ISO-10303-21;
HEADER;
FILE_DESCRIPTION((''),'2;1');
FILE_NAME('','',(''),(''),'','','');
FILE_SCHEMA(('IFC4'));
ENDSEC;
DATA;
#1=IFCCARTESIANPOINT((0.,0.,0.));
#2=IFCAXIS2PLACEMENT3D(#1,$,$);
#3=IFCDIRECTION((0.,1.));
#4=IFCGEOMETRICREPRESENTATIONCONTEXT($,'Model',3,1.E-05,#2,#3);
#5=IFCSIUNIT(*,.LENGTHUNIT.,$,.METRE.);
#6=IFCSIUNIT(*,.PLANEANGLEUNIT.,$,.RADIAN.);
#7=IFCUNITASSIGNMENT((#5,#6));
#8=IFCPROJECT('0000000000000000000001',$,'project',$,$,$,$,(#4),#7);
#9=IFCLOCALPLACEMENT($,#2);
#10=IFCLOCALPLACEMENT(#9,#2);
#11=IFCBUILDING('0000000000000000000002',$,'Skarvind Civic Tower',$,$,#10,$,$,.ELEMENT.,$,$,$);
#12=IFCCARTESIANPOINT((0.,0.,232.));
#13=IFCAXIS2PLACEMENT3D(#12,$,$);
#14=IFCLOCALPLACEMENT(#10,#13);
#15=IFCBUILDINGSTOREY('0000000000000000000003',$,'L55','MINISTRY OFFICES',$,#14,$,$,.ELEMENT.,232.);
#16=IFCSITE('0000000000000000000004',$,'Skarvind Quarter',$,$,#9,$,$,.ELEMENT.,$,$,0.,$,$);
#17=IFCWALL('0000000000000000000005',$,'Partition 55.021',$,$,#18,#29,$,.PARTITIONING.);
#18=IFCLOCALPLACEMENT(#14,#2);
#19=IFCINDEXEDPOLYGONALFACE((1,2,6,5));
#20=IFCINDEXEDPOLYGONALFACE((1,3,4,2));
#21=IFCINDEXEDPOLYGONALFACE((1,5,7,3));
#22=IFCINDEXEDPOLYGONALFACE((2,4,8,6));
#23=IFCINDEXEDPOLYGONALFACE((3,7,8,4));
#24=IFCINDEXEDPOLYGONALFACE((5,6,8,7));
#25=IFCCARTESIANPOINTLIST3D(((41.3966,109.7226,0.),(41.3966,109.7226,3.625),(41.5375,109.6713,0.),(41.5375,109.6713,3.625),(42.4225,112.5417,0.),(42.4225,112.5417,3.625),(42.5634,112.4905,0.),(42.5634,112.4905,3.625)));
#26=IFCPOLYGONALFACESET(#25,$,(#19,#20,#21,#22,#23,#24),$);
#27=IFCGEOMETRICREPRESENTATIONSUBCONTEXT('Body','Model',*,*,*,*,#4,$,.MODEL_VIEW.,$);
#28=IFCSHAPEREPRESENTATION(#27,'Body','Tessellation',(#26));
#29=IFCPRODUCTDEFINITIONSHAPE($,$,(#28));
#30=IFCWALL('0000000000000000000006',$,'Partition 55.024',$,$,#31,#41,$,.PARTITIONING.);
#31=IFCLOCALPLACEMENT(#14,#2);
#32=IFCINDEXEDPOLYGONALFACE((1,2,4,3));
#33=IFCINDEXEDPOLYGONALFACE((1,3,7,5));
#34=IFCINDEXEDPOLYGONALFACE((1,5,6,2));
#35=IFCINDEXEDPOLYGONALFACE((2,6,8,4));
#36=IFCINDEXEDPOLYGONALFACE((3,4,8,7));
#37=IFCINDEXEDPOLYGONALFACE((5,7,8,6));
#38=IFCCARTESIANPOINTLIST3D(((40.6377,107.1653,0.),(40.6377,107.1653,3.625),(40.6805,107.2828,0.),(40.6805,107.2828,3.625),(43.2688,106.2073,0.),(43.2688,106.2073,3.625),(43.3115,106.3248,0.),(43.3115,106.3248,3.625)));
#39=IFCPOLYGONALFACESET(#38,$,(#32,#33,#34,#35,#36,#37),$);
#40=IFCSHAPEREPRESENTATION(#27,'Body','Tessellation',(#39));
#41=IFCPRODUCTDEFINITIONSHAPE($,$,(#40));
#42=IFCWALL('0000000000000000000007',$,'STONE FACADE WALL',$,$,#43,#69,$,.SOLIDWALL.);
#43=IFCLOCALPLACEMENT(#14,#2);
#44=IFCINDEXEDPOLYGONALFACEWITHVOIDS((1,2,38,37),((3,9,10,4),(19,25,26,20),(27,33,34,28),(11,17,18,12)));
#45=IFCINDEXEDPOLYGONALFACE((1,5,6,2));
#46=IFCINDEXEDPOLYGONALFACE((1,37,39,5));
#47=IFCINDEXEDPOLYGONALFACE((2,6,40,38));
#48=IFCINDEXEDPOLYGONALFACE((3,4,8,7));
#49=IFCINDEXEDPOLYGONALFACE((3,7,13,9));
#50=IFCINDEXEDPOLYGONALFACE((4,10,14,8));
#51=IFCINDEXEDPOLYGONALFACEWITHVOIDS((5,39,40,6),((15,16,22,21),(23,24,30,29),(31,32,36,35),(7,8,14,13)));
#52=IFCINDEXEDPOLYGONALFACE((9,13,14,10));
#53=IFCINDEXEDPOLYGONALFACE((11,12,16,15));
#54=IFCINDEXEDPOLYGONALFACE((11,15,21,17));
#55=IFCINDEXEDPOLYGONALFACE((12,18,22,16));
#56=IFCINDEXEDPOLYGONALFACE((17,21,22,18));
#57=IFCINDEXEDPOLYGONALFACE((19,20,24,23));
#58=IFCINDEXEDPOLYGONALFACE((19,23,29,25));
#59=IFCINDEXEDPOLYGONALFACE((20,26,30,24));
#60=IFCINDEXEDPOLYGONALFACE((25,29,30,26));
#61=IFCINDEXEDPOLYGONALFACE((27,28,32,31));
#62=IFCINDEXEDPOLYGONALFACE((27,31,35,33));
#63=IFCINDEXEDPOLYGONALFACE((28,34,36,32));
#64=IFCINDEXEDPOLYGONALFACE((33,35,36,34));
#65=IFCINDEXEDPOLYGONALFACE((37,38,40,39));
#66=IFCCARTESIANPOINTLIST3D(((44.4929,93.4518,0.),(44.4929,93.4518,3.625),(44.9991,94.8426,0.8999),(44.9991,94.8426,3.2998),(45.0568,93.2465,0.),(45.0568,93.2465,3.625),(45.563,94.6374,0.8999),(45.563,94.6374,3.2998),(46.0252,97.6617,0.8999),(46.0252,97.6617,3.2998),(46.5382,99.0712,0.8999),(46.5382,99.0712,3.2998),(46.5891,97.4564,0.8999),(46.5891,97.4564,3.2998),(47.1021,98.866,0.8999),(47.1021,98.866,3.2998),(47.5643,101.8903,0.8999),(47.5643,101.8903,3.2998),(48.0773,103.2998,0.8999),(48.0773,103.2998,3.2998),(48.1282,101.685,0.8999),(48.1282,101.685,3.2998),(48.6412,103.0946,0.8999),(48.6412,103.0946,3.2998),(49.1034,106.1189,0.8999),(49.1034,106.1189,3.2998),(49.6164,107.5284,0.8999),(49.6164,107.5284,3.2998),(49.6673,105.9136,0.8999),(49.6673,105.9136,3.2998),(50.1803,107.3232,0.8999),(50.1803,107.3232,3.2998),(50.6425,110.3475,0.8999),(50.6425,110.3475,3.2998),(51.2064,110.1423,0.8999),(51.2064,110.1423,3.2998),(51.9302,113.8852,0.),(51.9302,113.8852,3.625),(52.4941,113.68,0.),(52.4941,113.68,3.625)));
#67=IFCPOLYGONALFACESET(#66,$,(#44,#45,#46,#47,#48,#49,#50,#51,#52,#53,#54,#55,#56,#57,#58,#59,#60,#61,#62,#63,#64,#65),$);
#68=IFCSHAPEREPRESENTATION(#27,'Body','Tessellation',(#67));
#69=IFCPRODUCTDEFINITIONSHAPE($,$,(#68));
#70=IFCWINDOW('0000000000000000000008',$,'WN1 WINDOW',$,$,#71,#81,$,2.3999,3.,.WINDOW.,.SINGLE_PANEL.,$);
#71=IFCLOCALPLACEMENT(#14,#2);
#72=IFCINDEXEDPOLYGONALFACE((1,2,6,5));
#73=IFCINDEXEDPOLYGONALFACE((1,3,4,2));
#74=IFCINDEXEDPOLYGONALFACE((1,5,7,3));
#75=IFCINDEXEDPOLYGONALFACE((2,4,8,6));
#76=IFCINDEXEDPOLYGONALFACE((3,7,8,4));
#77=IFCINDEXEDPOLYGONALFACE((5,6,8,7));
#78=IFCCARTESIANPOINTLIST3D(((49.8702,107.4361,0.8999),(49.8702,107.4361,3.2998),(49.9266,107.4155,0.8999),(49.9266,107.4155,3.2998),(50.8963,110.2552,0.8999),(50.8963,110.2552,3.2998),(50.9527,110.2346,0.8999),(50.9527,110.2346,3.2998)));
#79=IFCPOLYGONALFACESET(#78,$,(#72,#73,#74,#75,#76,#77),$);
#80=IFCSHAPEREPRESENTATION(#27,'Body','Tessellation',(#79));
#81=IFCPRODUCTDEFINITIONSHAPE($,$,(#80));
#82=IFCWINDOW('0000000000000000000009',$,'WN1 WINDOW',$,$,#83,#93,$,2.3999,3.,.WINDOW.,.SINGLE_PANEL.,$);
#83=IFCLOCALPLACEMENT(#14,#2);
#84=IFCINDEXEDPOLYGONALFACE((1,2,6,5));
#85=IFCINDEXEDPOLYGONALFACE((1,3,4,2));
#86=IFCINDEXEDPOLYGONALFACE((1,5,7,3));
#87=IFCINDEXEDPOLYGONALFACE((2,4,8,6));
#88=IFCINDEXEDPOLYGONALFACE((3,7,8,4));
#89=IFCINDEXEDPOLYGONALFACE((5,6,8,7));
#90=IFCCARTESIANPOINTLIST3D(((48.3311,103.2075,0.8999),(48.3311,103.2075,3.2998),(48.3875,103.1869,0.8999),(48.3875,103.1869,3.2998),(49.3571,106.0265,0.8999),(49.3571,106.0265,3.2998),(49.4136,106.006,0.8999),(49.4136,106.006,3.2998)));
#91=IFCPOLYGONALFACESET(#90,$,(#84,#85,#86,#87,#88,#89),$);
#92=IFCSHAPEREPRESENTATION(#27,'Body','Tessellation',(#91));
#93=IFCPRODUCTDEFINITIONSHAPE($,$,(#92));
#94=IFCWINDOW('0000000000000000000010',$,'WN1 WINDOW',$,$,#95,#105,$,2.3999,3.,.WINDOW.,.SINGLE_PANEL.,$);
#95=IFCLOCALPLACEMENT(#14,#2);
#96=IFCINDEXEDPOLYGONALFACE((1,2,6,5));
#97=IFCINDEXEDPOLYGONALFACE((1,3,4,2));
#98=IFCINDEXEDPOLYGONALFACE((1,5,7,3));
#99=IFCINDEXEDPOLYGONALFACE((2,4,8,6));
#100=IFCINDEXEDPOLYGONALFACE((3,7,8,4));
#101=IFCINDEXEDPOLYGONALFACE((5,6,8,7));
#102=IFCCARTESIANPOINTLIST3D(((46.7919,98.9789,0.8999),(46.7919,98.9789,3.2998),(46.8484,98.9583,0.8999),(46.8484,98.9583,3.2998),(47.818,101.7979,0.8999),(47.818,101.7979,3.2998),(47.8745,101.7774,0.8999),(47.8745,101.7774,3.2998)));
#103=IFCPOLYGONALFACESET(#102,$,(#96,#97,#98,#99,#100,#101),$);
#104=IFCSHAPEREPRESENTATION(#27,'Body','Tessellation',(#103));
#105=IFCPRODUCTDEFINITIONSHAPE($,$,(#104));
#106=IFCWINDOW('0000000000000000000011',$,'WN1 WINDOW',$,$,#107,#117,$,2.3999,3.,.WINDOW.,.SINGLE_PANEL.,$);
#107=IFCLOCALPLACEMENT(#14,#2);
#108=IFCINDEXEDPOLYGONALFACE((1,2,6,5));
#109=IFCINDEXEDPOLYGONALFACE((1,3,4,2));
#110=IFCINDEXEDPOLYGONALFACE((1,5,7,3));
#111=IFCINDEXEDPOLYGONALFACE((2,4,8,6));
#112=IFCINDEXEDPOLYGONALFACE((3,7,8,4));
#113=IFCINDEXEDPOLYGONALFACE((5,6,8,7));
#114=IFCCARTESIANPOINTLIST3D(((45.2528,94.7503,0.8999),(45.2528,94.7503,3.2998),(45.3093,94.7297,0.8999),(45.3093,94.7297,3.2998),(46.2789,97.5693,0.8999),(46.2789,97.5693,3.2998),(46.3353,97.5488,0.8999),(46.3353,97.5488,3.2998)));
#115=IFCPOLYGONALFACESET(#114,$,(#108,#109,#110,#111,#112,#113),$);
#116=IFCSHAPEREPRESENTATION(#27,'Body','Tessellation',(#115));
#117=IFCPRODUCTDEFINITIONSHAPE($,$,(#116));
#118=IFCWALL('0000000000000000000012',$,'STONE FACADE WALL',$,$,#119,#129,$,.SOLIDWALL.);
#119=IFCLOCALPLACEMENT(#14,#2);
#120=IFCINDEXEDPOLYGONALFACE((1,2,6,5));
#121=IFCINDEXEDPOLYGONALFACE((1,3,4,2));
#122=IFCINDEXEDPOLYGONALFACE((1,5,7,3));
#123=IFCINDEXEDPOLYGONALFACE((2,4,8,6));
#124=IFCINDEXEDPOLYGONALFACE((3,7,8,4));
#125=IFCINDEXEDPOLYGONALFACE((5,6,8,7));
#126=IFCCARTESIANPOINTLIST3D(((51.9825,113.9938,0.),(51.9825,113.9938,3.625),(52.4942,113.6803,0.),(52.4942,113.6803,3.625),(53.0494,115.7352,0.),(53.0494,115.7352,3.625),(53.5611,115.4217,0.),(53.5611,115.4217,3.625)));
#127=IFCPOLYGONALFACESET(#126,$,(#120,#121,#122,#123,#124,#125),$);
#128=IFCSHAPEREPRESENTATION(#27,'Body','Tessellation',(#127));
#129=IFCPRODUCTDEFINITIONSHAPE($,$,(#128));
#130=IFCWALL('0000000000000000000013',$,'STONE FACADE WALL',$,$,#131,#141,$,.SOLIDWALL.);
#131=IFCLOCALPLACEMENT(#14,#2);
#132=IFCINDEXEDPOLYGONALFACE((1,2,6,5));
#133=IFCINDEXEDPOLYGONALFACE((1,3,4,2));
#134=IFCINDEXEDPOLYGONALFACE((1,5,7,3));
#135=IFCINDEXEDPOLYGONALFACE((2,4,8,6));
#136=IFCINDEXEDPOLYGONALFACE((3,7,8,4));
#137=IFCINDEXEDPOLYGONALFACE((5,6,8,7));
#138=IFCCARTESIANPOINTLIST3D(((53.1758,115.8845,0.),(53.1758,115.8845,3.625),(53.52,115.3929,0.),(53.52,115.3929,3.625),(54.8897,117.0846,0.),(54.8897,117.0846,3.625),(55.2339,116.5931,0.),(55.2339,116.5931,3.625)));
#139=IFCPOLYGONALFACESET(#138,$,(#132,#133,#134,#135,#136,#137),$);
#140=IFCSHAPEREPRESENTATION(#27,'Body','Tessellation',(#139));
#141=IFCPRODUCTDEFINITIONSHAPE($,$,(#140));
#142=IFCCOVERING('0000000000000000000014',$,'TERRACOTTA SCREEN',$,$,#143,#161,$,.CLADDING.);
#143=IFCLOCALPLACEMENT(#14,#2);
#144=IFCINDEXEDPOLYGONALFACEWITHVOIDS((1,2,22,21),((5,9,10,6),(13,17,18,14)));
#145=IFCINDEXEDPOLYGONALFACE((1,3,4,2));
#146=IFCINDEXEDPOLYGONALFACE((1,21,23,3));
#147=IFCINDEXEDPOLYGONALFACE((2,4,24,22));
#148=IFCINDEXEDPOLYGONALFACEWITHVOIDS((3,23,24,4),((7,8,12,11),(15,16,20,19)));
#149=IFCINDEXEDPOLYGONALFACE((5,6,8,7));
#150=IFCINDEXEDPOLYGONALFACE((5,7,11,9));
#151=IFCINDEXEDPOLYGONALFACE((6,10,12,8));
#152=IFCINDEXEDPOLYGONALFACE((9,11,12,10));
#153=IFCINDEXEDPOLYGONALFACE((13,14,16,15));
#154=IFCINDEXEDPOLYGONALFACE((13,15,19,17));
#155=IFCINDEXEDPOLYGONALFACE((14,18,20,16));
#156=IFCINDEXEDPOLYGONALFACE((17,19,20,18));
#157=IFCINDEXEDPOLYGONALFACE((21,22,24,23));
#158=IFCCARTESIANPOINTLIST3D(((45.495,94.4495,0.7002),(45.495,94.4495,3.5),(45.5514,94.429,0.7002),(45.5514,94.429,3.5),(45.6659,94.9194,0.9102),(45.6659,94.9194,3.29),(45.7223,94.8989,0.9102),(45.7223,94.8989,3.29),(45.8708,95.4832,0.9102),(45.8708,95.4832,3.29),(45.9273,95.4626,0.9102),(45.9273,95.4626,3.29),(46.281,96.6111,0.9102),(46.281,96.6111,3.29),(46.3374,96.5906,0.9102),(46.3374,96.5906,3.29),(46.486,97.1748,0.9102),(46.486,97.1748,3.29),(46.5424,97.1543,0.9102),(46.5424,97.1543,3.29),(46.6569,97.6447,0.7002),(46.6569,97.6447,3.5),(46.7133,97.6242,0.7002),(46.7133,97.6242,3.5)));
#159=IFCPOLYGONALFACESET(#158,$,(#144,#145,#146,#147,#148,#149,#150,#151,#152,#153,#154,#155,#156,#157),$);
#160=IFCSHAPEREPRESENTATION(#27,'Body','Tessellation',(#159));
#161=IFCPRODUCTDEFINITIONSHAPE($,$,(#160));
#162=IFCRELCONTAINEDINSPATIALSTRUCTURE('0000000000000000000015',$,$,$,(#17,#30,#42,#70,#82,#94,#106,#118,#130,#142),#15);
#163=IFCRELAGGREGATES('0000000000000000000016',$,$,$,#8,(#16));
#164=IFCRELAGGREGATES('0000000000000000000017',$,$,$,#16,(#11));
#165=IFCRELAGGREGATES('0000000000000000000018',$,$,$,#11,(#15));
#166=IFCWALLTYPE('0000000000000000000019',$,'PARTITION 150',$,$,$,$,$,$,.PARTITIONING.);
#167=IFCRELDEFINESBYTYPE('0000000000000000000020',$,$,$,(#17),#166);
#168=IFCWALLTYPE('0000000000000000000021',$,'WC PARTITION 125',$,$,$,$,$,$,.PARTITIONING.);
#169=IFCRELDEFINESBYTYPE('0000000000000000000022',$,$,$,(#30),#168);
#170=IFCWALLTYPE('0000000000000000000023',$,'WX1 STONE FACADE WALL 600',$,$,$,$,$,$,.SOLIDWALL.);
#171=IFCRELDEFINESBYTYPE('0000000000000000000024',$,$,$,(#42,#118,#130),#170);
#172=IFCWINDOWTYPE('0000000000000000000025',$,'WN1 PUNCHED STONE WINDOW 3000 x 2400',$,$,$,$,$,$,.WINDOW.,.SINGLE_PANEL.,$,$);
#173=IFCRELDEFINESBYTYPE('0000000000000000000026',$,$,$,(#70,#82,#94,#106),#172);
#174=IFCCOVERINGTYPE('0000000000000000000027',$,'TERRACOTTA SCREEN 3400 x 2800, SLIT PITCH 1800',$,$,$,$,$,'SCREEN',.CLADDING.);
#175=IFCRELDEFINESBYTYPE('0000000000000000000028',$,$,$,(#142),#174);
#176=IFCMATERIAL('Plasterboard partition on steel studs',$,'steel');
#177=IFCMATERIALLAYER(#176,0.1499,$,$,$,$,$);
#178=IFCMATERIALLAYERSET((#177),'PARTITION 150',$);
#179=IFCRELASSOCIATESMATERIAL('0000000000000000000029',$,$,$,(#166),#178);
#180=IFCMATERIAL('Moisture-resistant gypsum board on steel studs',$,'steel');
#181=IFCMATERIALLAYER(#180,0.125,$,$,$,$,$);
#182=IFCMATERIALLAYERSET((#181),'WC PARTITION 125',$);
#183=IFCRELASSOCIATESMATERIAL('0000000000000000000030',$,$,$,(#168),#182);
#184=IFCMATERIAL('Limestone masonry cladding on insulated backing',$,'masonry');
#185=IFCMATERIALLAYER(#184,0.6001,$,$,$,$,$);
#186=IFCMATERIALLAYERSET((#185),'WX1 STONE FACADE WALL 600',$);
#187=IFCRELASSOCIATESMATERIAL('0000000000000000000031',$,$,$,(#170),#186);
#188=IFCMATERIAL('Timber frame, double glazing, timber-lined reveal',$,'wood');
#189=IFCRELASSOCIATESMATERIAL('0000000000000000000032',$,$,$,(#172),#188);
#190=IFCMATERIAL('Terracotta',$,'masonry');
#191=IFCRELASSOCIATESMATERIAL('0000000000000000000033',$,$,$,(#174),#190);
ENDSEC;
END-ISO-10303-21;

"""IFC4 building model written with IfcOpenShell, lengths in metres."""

from ifc_helpers import new_model, si_unit, direction, frame, frame_2d, origin, place, context, subcontext, project, spatial, polyline, rectangle, outline, extrude, material, layer, layer_set, material_profile, profile_set, type_object, element, fill, save


model = new_model("IFC4")

# Units and contexts
model_context = context("Model", 3, precision=1e-05, world=origin(), true_north=direction((0.0, 1.0)))
body_context = subcontext(model_context, "Body", "Model", "MODEL_VIEW")
ifc_project = project(units=[si_unit("LENGTHUNIT", "METRE"), si_unit("PLANEANGLEUNIT", "RADIAN")], contexts=[model_context])

# Site, building, storey
site_placement = place(None, origin())
site = spatial("IfcSite", under=ifc_project, at=site_placement, Name="Skarvind Quarter", CompositionType="ELEMENT", RefElevation=0.0)
building_placement = place(site_placement, origin())
building = spatial("IfcBuilding", under=site, at=building_placement, Name="Skarvind Civic Tower", CompositionType="ELEMENT")
storey_placement = place(building_placement, frame((0.0, 0.0, 232.0)))
storey = spatial("IfcBuildingStorey", under=building, at=storey_placement, Name="L55", Description="MINISTRY OFFICES", CompositionType="ELEMENT", Elevation=232.0)

# Walls
ifc_material_1 = material(Name="Plasterboard partition on steel studs", Category="steel")
ifc_layer_1 = layer(ifc_material_1, 0.1499)
ifc_layer_set_1 = layer_set([ifc_layer_1], Name="PARTITION 150")
wall_type_1 = type_object("IfcWallType", Name="PARTITION 150", PredefinedType="PARTITIONING", material=ifc_layer_set_1)
wall_1_placement = place(storey_placement, frame((42.4929, 112.5161, 0.0), z_axis=(0.0, 0.0, 1.0), x_axis=(-0.341965, -0.939713, 0.0)))
element("IfcWall", 1, at=wall_1_placement, inside=storey, type_object=wall_type_1, Name="Partition 55.021", PredefinedType="PARTITIONING", context=body_context, shape_type="SweptSolid", body=[
    extrude(rectangle(XDim=3.0, YDim=0.1499, at=frame_2d((1.5, 0.0))), origin(), (0.0, 0.0, 1.0), 3.625),
])
ifc_material_2 = material(Name="Moisture-resistant gypsum board on steel studs", Category="steel")
ifc_layer_2 = layer(ifc_material_2, 0.125)
ifc_layer_set_2 = layer_set([ifc_layer_2], Name="WC PARTITION 125")
wall_type_2 = type_object("IfcWallType", Name="WC PARTITION 125", PredefinedType="PARTITIONING", material=ifc_layer_set_2)
wall_2_placement = place(storey_placement, frame((43.29, 106.2661, 0.0), z_axis=(0.0, 0.0, 1.0), x_axis=(-0.939651, 0.342135, 0.0)))
element("IfcWall", 2, at=wall_2_placement, inside=storey, type_object=wall_type_2, Name="Partition 55.024", PredefinedType="PARTITIONING", context=body_context, shape_type="SweptSolid", body=[
    extrude(rectangle(XDim=2.8, YDim=0.125, at=frame_2d((1.3999, 0.0))), origin(), (0.0, 0.0, 1.0), 3.625),
])

# Wall, openings, windows
ifc_material_3 = material(Name="Limestone masonry cladding on insulated backing", Category="masonry")
ifc_layer_3 = layer(ifc_material_3, 0.6001)
ifc_layer_set_3 = layer_set([ifc_layer_3], Name="WX1 STONE FACADE WALL 600")
wall_type_3 = type_object("IfcWallType", Name="WX1 STONE FACADE WALL 600", PredefinedType="SOLIDWALL", material=ifc_layer_set_3)
wall_3_placement = place(storey_placement, frame((52.2122, 113.7827, 0.0), z_axis=(0.0, 0.0, 1.0), x_axis=(-0.342025, -0.939691, 0.0)))
wall_3 = element("IfcWall", 3, at=wall_3_placement, inside=storey, type_object=wall_type_3, Name="STONE FACADE WALL", PredefinedType="SOLIDWALL", context=body_context, shape_type="SweptSolid", body=[
    extrude(rectangle(XDim=21.7449, YDim=0.6001, at=frame_2d((10.8726, 0.0))), origin(), (0.0, 0.0, 1.0), 3.625),
])
opening_1_placement = place(wall_3_placement, frame((3.7649, 0.0, 0.8999)))
opening_1 = element("IfcOpeningElement", 4, at=opening_1_placement, cuts=wall_3, PredefinedType="OPENING", context=body_context, shape_type="SweptSolid", body=[
    extrude(rectangle(XDim=3.0, YDim=2.3999, at=frame_2d((1.5, 1.2))), frame((0.0, 0.3101, 0.0), z_axis=(0.0, -1.0, 0.0), x_axis=(1.0, 0.0, 0.0)), (0.0, 0.0, 1.0), 0.6201),
])
opening_2_placement = place(wall_3_placement, frame((8.2649, 0.0, 0.8999)))
opening_2 = element("IfcOpeningElement", 5, at=opening_2_placement, cuts=wall_3, PredefinedType="OPENING", context=body_context, shape_type="SweptSolid", body=[
    extrude(rectangle(XDim=3.0, YDim=2.3999, at=frame_2d((1.5, 1.2))), frame((0.0, 0.3101, 0.0), z_axis=(0.0, -1.0, 0.0), x_axis=(1.0, 0.0, 0.0)), (0.0, 0.0, 1.0), 0.6201),
])
opening_3_placement = place(wall_3_placement, frame((12.7649, 0.0, 0.8999)))
opening_3 = element("IfcOpeningElement", 6, at=opening_3_placement, cuts=wall_3, PredefinedType="OPENING", context=body_context, shape_type="SweptSolid", body=[
    extrude(rectangle(XDim=3.0, YDim=2.3999, at=frame_2d((1.5, 1.2))), frame((0.0, 0.3101, 0.0), z_axis=(0.0, -1.0, 0.0), x_axis=(1.0, 0.0, 0.0)), (0.0, 0.0, 1.0), 0.6201),
])
opening_4_placement = place(wall_3_placement, frame((17.2649, 0.0, 0.8999)))
opening_4 = element("IfcOpeningElement", 7, at=opening_4_placement, cuts=wall_3, PredefinedType="OPENING", context=body_context, shape_type="SweptSolid", body=[
    extrude(rectangle(XDim=3.0, YDim=2.3999, at=frame_2d((1.5, 1.2))), frame((0.0, 0.3101, 0.0), z_axis=(0.0, -1.0, 0.0), x_axis=(1.0, 0.0, 0.0)), (0.0, 0.0, 1.0), 0.6201),
])
ifc_material_4 = material(Name="Timber frame, double glazing, timber-lined reveal", Category="wood")
window_type = type_object("IfcWindowType", Name="WN1 PUNCHED STONE WINDOW 3000 x 2400", PartitioningType="SINGLE_PANEL", PredefinedType="WINDOW", material=ifc_material_4)
window_1_placement = place(opening_1_placement, origin())
window_1 = element("IfcWindow", 8, at=window_1_placement, inside=storey, type_object=window_type, Name="WN1 WINDOW", OverallHeight=2.3999, OverallWidth=3.0, PartitioningType="SINGLE_PANEL", PredefinedType="WINDOW", context=body_context, shape_type="SweptSolid", body=[
    extrude(rectangle(XDim=3.0, YDim=2.3999, at=frame_2d((1.5, 1.2))), frame((0.0, 0.03, 0.0), z_axis=(0.0, -1.0, 0.0), x_axis=(1.0, 0.0, 0.0)), (0.0, 0.0, 1.0), 0.0601),
])
fill(opening_1, window_1)
window_2_placement = place(opening_2_placement, origin())
window_2 = element("IfcWindow", 9, at=window_2_placement, inside=storey, type_object=window_type, Name="WN1 WINDOW", OverallHeight=2.3999, OverallWidth=3.0, PartitioningType="SINGLE_PANEL", PredefinedType="WINDOW", context=body_context, shape_type="SweptSolid", body=[
    extrude(rectangle(XDim=3.0, YDim=2.3999, at=frame_2d((1.5, 1.2))), frame((0.0, 0.03, 0.0), z_axis=(0.0, -1.0, 0.0), x_axis=(1.0, 0.0, 0.0)), (0.0, 0.0, 1.0), 0.0601),
])
fill(opening_2, window_2)
window_3_placement = place(opening_3_placement, origin())
window_3 = element("IfcWindow", 10, at=window_3_placement, inside=storey, type_object=window_type, Name="WN1 WINDOW", OverallHeight=2.3999, OverallWidth=3.0, PartitioningType="SINGLE_PANEL", PredefinedType="WINDOW", context=body_context, shape_type="SweptSolid", body=[
    extrude(rectangle(XDim=3.0, YDim=2.3999, at=frame_2d((1.5, 1.2))), frame((0.0, 0.03, 0.0), z_axis=(0.0, -1.0, 0.0), x_axis=(1.0, 0.0, 0.0)), (0.0, 0.0, 1.0), 0.0601),
])
fill(opening_3, window_3)
window_4_placement = place(opening_4_placement, origin())
window_4 = element("IfcWindow", 11, at=window_4_placement, inside=storey, type_object=window_type, Name="WN1 WINDOW", OverallHeight=2.3999, OverallWidth=3.0, PartitioningType="SINGLE_PANEL", PredefinedType="WINDOW", context=body_context, shape_type="SweptSolid", body=[
    extrude(rectangle(XDim=3.0, YDim=2.3999, at=frame_2d((1.5, 1.2))), frame((0.0, 0.03, 0.0), z_axis=(0.0, -1.0, 0.0), x_axis=(1.0, 0.0, 0.0)), (0.0, 0.0, 1.0), 0.0601),
])
fill(opening_4, window_4)

# Walls
wall_4_placement = place(storey_placement, frame((53.3052, 115.5784, 0.0), z_axis=(0.0, 0.0, 1.0), x_axis=(-0.522402, -0.852699, 0.0)))
element("IfcWall", 12, at=wall_4_placement, inside=storey, type_object=wall_type_3, Name="STONE FACADE WALL", PredefinedType="SOLIDWALL", context=body_context, shape_type="SweptSolid", body=[
    extrude(rectangle(XDim=2.0422, YDim=0.6001, at=frame_2d((1.021, 0.0))), origin(), (0.0, 0.0, 1.0), 3.625),
])
wall_5_placement = place(storey_placement, frame((55.0618, 116.8389, 0.0), z_axis=(0.0, 0.0, 1.0), x_axis=(-0.819122, -0.573619, 0.0)))
element("IfcWall", 13, at=wall_5_placement, inside=storey, type_object=wall_type_3, Name="STONE FACADE WALL", PredefinedType="SOLIDWALL", context=body_context, shape_type="SweptSolid", body=[
    extrude(rectangle(XDim=2.0923, YDim=0.6001, at=frame_2d((1.0461, 0.0))), origin(), (0.0, 0.0, 1.0), 3.625),
])

# Covering
ifc_material_5 = material(Name="Terracotta", Category="masonry")
ifc_material_profile_1 = material_profile(ifc_material_5, outline(polyline([(-1.7, -1.3999), (1.7, -1.3999), (1.7, 1.3999), (-1.7, 1.3999), (-1.7, -1.3999)]), holes=[polyline([(-1.2, -1.1899), (-0.6001, -1.1899), (-0.6001, 1.1899), (-1.2, 1.1899), (-1.2, -1.1899)]), polyline([(0.6001, -1.1899), (1.2, -1.1899), (1.2, 1.1899), (0.6001, 1.1899), (0.6001, -1.1899)])]), Name="TERRACOTTA SCREEN 3400 x 2800, SLIT PITCH 1800")
ifc_profile_set_1 = profile_set([ifc_material_profile_1], Name="Terracotta")
covering_type = type_object("IfcCoveringType", Name="TERRACOTTA SCREEN 3400 x 2800, SLIT PITCH 1800", ElementType="SCREEN", PredefinedType="CLADDING", material=ifc_profile_set_1)
covering_placement = place(storey_placement, frame((46.0759, 96.0471, 2.1001), z_axis=(0.939793, -0.341743, 0.0), x_axis=(0.341743, 0.939793, 0.0)))
element("IfcCovering", 14, at=covering_placement, inside=storey, type_object=covering_type, Name="TERRACOTTA SCREEN", PredefinedType="CLADDING", context=body_context, shape_type="SweptSolid", body=[
    extrude(outline(polyline([(-1.7, -1.3999), (1.7, -1.3999), (1.7, 1.3999), (-1.7, 1.3999), (-1.7, -1.3999)]), holes=[polyline([(-1.2, -1.1899), (-0.6001, -1.1899), (-0.6001, 1.1899), (-1.2, 1.1899), (-1.2, -1.1899)]), polyline([(0.6001, -1.1899), (1.2, -1.1899), (1.2, 1.1899), (0.6001, 1.1899), (0.6001, -1.1899)])]), origin(), (0.0, 0.0, 1.0), 0.0601),
])

save(model, "model.ifc")
